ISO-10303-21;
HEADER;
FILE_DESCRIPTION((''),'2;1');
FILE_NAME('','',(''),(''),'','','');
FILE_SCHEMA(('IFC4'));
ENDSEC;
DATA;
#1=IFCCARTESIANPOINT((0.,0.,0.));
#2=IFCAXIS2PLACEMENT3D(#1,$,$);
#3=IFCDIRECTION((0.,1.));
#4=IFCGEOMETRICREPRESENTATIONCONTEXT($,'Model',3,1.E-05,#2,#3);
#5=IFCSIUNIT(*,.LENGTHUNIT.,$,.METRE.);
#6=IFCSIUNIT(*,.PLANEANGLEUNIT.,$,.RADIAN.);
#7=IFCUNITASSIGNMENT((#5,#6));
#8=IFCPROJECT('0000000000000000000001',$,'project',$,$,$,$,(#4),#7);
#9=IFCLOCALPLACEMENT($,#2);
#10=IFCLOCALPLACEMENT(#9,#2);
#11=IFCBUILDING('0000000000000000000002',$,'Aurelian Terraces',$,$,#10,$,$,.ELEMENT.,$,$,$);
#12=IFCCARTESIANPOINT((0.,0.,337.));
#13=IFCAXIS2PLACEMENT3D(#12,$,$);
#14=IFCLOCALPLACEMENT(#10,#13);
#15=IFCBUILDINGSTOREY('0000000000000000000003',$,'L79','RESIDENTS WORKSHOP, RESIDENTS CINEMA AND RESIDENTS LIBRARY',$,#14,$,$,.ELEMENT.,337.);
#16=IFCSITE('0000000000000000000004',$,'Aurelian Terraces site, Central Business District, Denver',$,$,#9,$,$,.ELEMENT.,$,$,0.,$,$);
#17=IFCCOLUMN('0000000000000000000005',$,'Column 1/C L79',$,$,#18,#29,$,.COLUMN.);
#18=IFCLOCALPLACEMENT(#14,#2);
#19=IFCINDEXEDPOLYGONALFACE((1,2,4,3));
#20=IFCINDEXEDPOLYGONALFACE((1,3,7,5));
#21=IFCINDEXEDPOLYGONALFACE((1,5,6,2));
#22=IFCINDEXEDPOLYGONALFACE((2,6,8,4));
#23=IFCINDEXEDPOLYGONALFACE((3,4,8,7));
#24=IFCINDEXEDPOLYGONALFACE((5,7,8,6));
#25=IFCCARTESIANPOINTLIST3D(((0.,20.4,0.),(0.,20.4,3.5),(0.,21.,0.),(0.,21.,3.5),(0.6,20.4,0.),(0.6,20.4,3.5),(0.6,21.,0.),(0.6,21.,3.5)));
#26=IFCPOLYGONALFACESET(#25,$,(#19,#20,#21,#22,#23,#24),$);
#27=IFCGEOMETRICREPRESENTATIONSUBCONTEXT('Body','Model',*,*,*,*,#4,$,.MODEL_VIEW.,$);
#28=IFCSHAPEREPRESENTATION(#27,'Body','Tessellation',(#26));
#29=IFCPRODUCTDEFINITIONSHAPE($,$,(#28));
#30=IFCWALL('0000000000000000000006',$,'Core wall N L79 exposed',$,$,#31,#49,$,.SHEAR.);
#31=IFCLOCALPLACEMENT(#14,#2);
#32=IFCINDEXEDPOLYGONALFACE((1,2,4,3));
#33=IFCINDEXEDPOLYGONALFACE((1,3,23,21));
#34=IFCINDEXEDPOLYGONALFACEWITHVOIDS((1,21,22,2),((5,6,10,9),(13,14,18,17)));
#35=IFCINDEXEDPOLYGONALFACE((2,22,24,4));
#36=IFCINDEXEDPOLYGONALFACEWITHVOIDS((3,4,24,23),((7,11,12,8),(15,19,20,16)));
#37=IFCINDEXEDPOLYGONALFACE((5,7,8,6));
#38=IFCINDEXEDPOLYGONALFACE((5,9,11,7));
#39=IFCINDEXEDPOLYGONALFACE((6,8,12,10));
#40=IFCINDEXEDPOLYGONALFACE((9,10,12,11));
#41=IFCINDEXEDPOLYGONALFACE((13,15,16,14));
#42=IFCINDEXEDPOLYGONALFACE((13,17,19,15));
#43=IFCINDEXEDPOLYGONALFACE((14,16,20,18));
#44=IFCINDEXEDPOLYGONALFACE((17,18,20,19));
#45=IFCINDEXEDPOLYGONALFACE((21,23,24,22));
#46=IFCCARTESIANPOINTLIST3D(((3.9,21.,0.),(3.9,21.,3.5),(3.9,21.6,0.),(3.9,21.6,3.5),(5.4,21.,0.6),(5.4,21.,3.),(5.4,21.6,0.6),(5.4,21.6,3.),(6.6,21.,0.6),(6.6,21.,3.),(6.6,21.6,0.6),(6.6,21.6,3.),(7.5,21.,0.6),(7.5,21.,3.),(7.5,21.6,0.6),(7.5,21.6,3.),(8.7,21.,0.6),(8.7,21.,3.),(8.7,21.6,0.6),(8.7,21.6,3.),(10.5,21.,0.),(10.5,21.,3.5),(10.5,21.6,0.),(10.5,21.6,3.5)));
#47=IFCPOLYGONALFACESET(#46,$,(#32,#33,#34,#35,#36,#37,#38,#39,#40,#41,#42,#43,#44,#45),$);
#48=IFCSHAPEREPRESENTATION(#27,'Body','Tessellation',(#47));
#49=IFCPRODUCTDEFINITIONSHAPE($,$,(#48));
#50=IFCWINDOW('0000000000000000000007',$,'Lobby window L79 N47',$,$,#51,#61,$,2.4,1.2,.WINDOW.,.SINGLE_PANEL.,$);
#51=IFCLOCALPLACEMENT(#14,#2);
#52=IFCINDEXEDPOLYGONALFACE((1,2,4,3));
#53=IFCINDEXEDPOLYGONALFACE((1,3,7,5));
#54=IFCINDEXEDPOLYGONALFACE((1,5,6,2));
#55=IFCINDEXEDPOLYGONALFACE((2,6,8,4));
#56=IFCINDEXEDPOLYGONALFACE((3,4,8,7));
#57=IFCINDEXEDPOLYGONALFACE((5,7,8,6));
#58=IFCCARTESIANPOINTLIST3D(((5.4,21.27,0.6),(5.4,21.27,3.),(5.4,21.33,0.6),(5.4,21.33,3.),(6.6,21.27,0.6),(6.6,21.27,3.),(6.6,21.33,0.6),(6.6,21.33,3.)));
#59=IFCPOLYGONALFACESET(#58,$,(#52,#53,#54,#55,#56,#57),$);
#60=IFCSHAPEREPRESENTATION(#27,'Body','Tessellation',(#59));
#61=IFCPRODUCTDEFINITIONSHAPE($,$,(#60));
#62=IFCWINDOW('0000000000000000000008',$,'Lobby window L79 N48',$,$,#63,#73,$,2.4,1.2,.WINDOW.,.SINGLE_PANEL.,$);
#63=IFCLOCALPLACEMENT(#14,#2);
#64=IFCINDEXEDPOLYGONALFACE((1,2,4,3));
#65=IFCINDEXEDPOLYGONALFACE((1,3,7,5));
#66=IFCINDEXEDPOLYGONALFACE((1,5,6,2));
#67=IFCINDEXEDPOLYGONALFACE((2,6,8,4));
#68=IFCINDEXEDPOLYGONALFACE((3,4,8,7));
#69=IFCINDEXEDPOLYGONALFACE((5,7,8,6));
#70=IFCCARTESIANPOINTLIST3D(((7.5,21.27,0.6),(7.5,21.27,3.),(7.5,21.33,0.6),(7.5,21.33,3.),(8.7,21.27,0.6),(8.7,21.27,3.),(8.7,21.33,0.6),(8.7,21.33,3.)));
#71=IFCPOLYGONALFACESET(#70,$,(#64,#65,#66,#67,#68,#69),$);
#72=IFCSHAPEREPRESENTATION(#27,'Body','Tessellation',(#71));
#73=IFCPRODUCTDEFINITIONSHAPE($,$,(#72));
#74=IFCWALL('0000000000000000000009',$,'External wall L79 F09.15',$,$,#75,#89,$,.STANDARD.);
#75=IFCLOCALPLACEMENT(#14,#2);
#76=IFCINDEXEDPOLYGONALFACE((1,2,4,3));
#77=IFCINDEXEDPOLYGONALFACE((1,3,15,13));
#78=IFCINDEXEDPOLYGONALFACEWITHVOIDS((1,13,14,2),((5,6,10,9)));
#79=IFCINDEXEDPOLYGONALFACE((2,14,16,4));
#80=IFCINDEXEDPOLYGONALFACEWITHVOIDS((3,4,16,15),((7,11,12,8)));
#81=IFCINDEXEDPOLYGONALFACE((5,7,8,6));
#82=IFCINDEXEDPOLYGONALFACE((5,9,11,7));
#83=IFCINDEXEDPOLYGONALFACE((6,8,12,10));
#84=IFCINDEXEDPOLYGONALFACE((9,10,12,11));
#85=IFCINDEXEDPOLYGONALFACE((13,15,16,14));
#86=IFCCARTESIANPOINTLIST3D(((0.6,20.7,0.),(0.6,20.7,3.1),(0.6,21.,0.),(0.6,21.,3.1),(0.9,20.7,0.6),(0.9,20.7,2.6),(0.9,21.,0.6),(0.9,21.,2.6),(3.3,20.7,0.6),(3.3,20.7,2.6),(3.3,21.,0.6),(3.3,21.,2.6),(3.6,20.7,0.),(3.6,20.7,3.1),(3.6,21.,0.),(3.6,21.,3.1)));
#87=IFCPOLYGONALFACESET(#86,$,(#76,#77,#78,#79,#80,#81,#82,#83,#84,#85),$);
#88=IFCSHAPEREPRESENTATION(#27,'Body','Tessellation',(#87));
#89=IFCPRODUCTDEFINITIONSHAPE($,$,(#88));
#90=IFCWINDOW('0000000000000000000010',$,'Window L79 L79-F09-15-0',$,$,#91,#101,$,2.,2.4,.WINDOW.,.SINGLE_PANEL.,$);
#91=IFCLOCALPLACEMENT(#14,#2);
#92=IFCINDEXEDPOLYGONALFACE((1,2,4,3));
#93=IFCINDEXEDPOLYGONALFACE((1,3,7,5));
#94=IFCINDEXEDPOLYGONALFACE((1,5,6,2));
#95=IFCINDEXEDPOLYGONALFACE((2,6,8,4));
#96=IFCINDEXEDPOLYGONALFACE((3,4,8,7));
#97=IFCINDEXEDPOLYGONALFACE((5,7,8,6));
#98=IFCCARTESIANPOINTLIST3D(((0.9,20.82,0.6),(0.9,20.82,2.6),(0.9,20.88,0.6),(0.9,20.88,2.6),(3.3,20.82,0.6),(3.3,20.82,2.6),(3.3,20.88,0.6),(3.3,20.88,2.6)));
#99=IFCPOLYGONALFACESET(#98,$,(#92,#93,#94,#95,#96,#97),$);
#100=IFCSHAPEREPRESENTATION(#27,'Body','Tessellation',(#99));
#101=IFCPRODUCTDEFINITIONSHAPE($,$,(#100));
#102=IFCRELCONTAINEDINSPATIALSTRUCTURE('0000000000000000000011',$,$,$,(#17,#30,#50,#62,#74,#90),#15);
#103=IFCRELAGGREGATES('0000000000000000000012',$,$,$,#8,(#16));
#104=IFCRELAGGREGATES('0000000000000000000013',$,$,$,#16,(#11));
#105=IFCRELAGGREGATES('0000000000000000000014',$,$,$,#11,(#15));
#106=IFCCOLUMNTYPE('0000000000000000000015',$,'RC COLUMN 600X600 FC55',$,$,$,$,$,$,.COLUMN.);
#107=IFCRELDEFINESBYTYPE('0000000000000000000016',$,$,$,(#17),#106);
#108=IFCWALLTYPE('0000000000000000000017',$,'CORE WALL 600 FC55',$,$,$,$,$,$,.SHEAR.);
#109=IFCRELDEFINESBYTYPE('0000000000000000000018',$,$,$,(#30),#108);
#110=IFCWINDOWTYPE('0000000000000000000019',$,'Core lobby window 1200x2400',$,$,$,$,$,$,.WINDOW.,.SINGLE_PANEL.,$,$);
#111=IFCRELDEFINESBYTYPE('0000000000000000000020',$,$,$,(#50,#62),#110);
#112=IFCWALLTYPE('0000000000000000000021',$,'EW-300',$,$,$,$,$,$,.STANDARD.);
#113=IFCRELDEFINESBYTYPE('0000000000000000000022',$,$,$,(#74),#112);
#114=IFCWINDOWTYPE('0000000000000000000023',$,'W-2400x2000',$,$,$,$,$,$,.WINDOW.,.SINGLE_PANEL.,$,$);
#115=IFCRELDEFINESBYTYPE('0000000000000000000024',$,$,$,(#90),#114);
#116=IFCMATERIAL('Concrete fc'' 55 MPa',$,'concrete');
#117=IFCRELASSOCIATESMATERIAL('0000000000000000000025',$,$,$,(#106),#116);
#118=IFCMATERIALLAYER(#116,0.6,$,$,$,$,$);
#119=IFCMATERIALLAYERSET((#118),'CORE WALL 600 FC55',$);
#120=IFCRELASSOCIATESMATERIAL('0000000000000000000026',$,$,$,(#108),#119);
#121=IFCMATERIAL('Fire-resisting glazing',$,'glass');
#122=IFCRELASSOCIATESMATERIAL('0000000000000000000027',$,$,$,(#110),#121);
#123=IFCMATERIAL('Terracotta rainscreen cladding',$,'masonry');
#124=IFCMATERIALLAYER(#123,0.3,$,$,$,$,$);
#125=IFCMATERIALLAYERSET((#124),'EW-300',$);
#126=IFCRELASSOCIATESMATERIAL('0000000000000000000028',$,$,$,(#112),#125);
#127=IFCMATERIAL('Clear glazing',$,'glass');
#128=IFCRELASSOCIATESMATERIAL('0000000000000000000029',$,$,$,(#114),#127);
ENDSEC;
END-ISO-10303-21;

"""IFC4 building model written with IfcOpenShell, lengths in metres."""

from ifc_helpers import new_model, si_unit, direction, frame, frame_2d, origin, origin_2d, place, context, subcontext, project, spatial, rectangle, extrude, source, transform, mapped, material, layer, layer_set, material_profile, profile_set, type_object, element, fill, save


model = new_model("IFC4")

# Units and contexts
model_context = context("Model", 3, precision=1e-05, world=origin(), true_north=direction((0.0, 1.0)))
body_context = subcontext(model_context, "Body", "Model", "MODEL_VIEW")
ifc_project = project(units=[si_unit("LENGTHUNIT", "METRE"), si_unit("PLANEANGLEUNIT", "RADIAN")], contexts=[model_context])

# Site, building, storey
site_placement = place(None, origin())
site = spatial("IfcSite", under=ifc_project, at=site_placement, Name="Aurelian Terraces site, Central Business District, Denver", CompositionType="ELEMENT", RefElevation=0.0)
building_placement = place(site_placement, origin())
building = spatial("IfcBuilding", under=site, at=building_placement, Name="Aurelian Terraces", CompositionType="ELEMENT")
storey_placement = place(building_placement, frame((0.0, 0.0, 337.0)))
storey = spatial("IfcBuildingStorey", under=building, at=storey_placement, Name="L79", Description="RESIDENTS WORKSHOP, RESIDENTS CINEMA AND RESIDENTS LIBRARY", CompositionType="ELEMENT", Elevation=337.0)

# Column
ifc_material_1 = material(Name="Concrete fc' 55 MPa", Category="concrete")
ifc_material_profile = material_profile(ifc_material_1, rectangle(XDim=0.6, YDim=0.6, at=origin_2d()))
ifc_profile_set = profile_set([ifc_material_profile], Name="Concrete fc' 55 MPa")
column_type = type_object("IfcColumnType", Name="RC COLUMN 600X600 FC55", PredefinedType="COLUMN", material=ifc_profile_set)
shared_shape_1 = source(origin(), body_context, "Body", "SweptSolid", [
    extrude(rectangle(XDim=0.6, YDim=0.6, at=origin_2d()), origin(), (0.0, 0.0, 1.0), 3.5),
])
column_placement = place(storey_placement, frame((0.3, 20.7, 0.0), z_axis=(0.0, 0.0, 1.0), x_axis=(1.0, 0.0, 0.0)))
element("IfcColumn", 1, at=column_placement, inside=storey, type_object=column_type, Name="Column 1/C L79", PredefinedType="COLUMN", context=body_context, shape_type="MappedRepresentation", body=[
    mapped(shared_shape_1, transform((0.0, 0.0, 0.0), scale=1.0)),
])

# Wall, openings, windows
ifc_layer_1 = layer(ifc_material_1, 0.6)
ifc_layer_set_1 = layer_set([ifc_layer_1], Name="CORE WALL 600 FC55")
wall_type_1 = type_object("IfcWallType", Name="CORE WALL 600 FC55", PredefinedType="SHEAR", material=ifc_layer_set_1)
shared_shape_2 = source(origin(), body_context, "Body", "SweptSolid", [
    extrude(rectangle(XDim=6.6, YDim=0.6, at=frame_2d((3.3, 0.0))), origin(), (0.0, 0.0, 1.0), 3.5),
])
wall_1_placement = place(storey_placement, frame((3.9, 21.3, 0.0), z_axis=(0.0, 0.0, 1.0), x_axis=(1.0, 0.0, 0.0)))
wall_1 = element("IfcWall", 2, at=wall_1_placement, inside=storey, type_object=wall_type_1, Name="Core wall N L79 exposed", PredefinedType="SHEAR", context=body_context, shape_type="MappedRepresentation", body=[
    mapped(shared_shape_2, transform((0.0, 0.0, 0.0), scale=1.0)),
])
shared_shape_3 = source(origin(), body_context, "Body", "SweptSolid", [
    extrude(rectangle(XDim=1.2, YDim=2.4, at=frame_2d((0.6, 1.2))), frame((0.0, 0.31, 0.0), z_axis=(0.0, -1.0, 0.0), x_axis=(1.0, 0.0, 0.0)), (0.0, 0.0, 1.0), 0.62),
])
opening_1_placement = place(wall_1_placement, frame((1.5, 0.0, 0.6)))
opening_1 = element("IfcOpeningElement", 3, at=opening_1_placement, cuts=wall_1, PredefinedType="OPENING", context=body_context, shape_type="MappedRepresentation", body=[
    mapped(shared_shape_3, transform((0.0, 0.0, 0.0), scale=1.0)),
])
opening_2_placement = place(wall_1_placement, frame((3.6, 0.0, 0.6)))
opening_2 = element("IfcOpeningElement", 4, at=opening_2_placement, cuts=wall_1, PredefinedType="OPENING", context=body_context, shape_type="MappedRepresentation", body=[
    mapped(shared_shape_3, transform((0.0, 0.0, 0.0), scale=1.0)),
])
ifc_material_2 = material(Name="Fire-resisting glazing", Category="glass")
window_type_1 = type_object("IfcWindowType", Name="Core lobby window 1200x2400", PartitioningType="SINGLE_PANEL", PredefinedType="WINDOW", material=ifc_material_2)
shared_shape_4 = source(origin(), body_context, "Body", "SweptSolid", [
    extrude(rectangle(XDim=1.2, YDim=2.4, at=frame_2d((0.6, 1.2))), frame((0.0, 0.03, 0.0), z_axis=(0.0, -1.0, 0.0), x_axis=(1.0, 0.0, 0.0)), (0.0, 0.0, 1.0), 0.06),
])
window_1_placement = place(opening_1_placement, origin())
window_1 = element("IfcWindow", 5, at=window_1_placement, inside=storey, type_object=window_type_1, Name="Lobby window L79 N47", OverallHeight=2.4, OverallWidth=1.2, PartitioningType="SINGLE_PANEL", PredefinedType="WINDOW", context=body_context, shape_type="MappedRepresentation", body=[
    mapped(shared_shape_4, transform((0.0, 0.0, 0.0), scale=1.0)),
])
fill(opening_1, window_1)
window_2_placement = place(opening_2_placement, origin())
window_2 = element("IfcWindow", 6, at=window_2_placement, inside=storey, type_object=window_type_1, Name="Lobby window L79 N48", OverallHeight=2.4, OverallWidth=1.2, PartitioningType="SINGLE_PANEL", PredefinedType="WINDOW", context=body_context, shape_type="MappedRepresentation", body=[
    mapped(shared_shape_4, transform((0.0, 0.0, 0.0), scale=1.0)),
])
fill(opening_2, window_2)

# Wall, opening, window
ifc_material_3 = material(Name="Terracotta rainscreen cladding", Category="masonry")
ifc_layer_2 = layer(ifc_material_3, 0.3)
ifc_layer_set_2 = layer_set([ifc_layer_2], Name="EW-300")
wall_type_2 = type_object("IfcWallType", Name="EW-300", PredefinedType="STANDARD", material=ifc_layer_set_2)
shared_shape_5 = source(origin(), body_context, "Body", "SweptSolid", [
    extrude(rectangle(XDim=3.0, YDim=0.3, at=frame_2d((1.5, 0.0))), origin(), (0.0, 0.0, 1.0), 3.1),
])
wall_2_placement = place(storey_placement, frame((3.6, 20.85, 0.0), z_axis=(0.0, 0.0, 1.0), x_axis=(-1.0, 0.0, 0.0)))
wall_2 = element("IfcWall", 7, at=wall_2_placement, inside=storey, type_object=wall_type_2, Name="External wall L79 F09.15", PredefinedType="STANDARD", context=body_context, shape_type="MappedRepresentation", body=[
    mapped(shared_shape_5, transform((0.0, 0.0, 0.0), scale=1.0)),
])
shared_shape_6 = source(origin(), body_context, "Body", "SweptSolid", [
    extrude(rectangle(XDim=2.4, YDim=2.0, at=frame_2d((1.2, 1.0))), frame((0.0, 0.16, 0.0), z_axis=(0.0, -1.0, 0.0), x_axis=(1.0, 0.0, 0.0)), (0.0, 0.0, 1.0), 0.32),
])
opening_3_placement = place(wall_2_placement, frame((0.3, 0.0, 0.6)))
opening_3 = element("IfcOpeningElement", 8, at=opening_3_placement, cuts=wall_2, PredefinedType="OPENING", context=body_context, shape_type="MappedRepresentation", body=[
    mapped(shared_shape_6, transform((0.0, 0.0, 0.0), scale=1.0)),
])
ifc_material_4 = material(Name="Clear glazing", Category="glass")
window_type_2 = type_object("IfcWindowType", Name="W-2400x2000", PartitioningType="SINGLE_PANEL", PredefinedType="WINDOW", material=ifc_material_4)
shared_shape_7 = source(origin(), body_context, "Body", "SweptSolid", [
    extrude(rectangle(XDim=2.4, YDim=2.0, at=frame_2d((1.2, 1.0))), frame((0.0, 0.03, 0.0), z_axis=(0.0, -1.0, 0.0), x_axis=(1.0, 0.0, 0.0)), (0.0, 0.0, 1.0), 0.06),
])
window_3_placement = place(opening_3_placement, origin())
window_3 = element("IfcWindow", 9, at=window_3_placement, inside=storey, type_object=window_type_2, Name="Window L79 L79-F09-15-0", OverallHeight=2.0, OverallWidth=2.4, PartitioningType="SINGLE_PANEL", PredefinedType="WINDOW", context=body_context, shape_type="MappedRepresentation", body=[
    mapped(shared_shape_7, transform((0.0, 0.0, 0.0), scale=1.0)),
])
fill(opening_3, window_3)

save(model, "model.ifc")
